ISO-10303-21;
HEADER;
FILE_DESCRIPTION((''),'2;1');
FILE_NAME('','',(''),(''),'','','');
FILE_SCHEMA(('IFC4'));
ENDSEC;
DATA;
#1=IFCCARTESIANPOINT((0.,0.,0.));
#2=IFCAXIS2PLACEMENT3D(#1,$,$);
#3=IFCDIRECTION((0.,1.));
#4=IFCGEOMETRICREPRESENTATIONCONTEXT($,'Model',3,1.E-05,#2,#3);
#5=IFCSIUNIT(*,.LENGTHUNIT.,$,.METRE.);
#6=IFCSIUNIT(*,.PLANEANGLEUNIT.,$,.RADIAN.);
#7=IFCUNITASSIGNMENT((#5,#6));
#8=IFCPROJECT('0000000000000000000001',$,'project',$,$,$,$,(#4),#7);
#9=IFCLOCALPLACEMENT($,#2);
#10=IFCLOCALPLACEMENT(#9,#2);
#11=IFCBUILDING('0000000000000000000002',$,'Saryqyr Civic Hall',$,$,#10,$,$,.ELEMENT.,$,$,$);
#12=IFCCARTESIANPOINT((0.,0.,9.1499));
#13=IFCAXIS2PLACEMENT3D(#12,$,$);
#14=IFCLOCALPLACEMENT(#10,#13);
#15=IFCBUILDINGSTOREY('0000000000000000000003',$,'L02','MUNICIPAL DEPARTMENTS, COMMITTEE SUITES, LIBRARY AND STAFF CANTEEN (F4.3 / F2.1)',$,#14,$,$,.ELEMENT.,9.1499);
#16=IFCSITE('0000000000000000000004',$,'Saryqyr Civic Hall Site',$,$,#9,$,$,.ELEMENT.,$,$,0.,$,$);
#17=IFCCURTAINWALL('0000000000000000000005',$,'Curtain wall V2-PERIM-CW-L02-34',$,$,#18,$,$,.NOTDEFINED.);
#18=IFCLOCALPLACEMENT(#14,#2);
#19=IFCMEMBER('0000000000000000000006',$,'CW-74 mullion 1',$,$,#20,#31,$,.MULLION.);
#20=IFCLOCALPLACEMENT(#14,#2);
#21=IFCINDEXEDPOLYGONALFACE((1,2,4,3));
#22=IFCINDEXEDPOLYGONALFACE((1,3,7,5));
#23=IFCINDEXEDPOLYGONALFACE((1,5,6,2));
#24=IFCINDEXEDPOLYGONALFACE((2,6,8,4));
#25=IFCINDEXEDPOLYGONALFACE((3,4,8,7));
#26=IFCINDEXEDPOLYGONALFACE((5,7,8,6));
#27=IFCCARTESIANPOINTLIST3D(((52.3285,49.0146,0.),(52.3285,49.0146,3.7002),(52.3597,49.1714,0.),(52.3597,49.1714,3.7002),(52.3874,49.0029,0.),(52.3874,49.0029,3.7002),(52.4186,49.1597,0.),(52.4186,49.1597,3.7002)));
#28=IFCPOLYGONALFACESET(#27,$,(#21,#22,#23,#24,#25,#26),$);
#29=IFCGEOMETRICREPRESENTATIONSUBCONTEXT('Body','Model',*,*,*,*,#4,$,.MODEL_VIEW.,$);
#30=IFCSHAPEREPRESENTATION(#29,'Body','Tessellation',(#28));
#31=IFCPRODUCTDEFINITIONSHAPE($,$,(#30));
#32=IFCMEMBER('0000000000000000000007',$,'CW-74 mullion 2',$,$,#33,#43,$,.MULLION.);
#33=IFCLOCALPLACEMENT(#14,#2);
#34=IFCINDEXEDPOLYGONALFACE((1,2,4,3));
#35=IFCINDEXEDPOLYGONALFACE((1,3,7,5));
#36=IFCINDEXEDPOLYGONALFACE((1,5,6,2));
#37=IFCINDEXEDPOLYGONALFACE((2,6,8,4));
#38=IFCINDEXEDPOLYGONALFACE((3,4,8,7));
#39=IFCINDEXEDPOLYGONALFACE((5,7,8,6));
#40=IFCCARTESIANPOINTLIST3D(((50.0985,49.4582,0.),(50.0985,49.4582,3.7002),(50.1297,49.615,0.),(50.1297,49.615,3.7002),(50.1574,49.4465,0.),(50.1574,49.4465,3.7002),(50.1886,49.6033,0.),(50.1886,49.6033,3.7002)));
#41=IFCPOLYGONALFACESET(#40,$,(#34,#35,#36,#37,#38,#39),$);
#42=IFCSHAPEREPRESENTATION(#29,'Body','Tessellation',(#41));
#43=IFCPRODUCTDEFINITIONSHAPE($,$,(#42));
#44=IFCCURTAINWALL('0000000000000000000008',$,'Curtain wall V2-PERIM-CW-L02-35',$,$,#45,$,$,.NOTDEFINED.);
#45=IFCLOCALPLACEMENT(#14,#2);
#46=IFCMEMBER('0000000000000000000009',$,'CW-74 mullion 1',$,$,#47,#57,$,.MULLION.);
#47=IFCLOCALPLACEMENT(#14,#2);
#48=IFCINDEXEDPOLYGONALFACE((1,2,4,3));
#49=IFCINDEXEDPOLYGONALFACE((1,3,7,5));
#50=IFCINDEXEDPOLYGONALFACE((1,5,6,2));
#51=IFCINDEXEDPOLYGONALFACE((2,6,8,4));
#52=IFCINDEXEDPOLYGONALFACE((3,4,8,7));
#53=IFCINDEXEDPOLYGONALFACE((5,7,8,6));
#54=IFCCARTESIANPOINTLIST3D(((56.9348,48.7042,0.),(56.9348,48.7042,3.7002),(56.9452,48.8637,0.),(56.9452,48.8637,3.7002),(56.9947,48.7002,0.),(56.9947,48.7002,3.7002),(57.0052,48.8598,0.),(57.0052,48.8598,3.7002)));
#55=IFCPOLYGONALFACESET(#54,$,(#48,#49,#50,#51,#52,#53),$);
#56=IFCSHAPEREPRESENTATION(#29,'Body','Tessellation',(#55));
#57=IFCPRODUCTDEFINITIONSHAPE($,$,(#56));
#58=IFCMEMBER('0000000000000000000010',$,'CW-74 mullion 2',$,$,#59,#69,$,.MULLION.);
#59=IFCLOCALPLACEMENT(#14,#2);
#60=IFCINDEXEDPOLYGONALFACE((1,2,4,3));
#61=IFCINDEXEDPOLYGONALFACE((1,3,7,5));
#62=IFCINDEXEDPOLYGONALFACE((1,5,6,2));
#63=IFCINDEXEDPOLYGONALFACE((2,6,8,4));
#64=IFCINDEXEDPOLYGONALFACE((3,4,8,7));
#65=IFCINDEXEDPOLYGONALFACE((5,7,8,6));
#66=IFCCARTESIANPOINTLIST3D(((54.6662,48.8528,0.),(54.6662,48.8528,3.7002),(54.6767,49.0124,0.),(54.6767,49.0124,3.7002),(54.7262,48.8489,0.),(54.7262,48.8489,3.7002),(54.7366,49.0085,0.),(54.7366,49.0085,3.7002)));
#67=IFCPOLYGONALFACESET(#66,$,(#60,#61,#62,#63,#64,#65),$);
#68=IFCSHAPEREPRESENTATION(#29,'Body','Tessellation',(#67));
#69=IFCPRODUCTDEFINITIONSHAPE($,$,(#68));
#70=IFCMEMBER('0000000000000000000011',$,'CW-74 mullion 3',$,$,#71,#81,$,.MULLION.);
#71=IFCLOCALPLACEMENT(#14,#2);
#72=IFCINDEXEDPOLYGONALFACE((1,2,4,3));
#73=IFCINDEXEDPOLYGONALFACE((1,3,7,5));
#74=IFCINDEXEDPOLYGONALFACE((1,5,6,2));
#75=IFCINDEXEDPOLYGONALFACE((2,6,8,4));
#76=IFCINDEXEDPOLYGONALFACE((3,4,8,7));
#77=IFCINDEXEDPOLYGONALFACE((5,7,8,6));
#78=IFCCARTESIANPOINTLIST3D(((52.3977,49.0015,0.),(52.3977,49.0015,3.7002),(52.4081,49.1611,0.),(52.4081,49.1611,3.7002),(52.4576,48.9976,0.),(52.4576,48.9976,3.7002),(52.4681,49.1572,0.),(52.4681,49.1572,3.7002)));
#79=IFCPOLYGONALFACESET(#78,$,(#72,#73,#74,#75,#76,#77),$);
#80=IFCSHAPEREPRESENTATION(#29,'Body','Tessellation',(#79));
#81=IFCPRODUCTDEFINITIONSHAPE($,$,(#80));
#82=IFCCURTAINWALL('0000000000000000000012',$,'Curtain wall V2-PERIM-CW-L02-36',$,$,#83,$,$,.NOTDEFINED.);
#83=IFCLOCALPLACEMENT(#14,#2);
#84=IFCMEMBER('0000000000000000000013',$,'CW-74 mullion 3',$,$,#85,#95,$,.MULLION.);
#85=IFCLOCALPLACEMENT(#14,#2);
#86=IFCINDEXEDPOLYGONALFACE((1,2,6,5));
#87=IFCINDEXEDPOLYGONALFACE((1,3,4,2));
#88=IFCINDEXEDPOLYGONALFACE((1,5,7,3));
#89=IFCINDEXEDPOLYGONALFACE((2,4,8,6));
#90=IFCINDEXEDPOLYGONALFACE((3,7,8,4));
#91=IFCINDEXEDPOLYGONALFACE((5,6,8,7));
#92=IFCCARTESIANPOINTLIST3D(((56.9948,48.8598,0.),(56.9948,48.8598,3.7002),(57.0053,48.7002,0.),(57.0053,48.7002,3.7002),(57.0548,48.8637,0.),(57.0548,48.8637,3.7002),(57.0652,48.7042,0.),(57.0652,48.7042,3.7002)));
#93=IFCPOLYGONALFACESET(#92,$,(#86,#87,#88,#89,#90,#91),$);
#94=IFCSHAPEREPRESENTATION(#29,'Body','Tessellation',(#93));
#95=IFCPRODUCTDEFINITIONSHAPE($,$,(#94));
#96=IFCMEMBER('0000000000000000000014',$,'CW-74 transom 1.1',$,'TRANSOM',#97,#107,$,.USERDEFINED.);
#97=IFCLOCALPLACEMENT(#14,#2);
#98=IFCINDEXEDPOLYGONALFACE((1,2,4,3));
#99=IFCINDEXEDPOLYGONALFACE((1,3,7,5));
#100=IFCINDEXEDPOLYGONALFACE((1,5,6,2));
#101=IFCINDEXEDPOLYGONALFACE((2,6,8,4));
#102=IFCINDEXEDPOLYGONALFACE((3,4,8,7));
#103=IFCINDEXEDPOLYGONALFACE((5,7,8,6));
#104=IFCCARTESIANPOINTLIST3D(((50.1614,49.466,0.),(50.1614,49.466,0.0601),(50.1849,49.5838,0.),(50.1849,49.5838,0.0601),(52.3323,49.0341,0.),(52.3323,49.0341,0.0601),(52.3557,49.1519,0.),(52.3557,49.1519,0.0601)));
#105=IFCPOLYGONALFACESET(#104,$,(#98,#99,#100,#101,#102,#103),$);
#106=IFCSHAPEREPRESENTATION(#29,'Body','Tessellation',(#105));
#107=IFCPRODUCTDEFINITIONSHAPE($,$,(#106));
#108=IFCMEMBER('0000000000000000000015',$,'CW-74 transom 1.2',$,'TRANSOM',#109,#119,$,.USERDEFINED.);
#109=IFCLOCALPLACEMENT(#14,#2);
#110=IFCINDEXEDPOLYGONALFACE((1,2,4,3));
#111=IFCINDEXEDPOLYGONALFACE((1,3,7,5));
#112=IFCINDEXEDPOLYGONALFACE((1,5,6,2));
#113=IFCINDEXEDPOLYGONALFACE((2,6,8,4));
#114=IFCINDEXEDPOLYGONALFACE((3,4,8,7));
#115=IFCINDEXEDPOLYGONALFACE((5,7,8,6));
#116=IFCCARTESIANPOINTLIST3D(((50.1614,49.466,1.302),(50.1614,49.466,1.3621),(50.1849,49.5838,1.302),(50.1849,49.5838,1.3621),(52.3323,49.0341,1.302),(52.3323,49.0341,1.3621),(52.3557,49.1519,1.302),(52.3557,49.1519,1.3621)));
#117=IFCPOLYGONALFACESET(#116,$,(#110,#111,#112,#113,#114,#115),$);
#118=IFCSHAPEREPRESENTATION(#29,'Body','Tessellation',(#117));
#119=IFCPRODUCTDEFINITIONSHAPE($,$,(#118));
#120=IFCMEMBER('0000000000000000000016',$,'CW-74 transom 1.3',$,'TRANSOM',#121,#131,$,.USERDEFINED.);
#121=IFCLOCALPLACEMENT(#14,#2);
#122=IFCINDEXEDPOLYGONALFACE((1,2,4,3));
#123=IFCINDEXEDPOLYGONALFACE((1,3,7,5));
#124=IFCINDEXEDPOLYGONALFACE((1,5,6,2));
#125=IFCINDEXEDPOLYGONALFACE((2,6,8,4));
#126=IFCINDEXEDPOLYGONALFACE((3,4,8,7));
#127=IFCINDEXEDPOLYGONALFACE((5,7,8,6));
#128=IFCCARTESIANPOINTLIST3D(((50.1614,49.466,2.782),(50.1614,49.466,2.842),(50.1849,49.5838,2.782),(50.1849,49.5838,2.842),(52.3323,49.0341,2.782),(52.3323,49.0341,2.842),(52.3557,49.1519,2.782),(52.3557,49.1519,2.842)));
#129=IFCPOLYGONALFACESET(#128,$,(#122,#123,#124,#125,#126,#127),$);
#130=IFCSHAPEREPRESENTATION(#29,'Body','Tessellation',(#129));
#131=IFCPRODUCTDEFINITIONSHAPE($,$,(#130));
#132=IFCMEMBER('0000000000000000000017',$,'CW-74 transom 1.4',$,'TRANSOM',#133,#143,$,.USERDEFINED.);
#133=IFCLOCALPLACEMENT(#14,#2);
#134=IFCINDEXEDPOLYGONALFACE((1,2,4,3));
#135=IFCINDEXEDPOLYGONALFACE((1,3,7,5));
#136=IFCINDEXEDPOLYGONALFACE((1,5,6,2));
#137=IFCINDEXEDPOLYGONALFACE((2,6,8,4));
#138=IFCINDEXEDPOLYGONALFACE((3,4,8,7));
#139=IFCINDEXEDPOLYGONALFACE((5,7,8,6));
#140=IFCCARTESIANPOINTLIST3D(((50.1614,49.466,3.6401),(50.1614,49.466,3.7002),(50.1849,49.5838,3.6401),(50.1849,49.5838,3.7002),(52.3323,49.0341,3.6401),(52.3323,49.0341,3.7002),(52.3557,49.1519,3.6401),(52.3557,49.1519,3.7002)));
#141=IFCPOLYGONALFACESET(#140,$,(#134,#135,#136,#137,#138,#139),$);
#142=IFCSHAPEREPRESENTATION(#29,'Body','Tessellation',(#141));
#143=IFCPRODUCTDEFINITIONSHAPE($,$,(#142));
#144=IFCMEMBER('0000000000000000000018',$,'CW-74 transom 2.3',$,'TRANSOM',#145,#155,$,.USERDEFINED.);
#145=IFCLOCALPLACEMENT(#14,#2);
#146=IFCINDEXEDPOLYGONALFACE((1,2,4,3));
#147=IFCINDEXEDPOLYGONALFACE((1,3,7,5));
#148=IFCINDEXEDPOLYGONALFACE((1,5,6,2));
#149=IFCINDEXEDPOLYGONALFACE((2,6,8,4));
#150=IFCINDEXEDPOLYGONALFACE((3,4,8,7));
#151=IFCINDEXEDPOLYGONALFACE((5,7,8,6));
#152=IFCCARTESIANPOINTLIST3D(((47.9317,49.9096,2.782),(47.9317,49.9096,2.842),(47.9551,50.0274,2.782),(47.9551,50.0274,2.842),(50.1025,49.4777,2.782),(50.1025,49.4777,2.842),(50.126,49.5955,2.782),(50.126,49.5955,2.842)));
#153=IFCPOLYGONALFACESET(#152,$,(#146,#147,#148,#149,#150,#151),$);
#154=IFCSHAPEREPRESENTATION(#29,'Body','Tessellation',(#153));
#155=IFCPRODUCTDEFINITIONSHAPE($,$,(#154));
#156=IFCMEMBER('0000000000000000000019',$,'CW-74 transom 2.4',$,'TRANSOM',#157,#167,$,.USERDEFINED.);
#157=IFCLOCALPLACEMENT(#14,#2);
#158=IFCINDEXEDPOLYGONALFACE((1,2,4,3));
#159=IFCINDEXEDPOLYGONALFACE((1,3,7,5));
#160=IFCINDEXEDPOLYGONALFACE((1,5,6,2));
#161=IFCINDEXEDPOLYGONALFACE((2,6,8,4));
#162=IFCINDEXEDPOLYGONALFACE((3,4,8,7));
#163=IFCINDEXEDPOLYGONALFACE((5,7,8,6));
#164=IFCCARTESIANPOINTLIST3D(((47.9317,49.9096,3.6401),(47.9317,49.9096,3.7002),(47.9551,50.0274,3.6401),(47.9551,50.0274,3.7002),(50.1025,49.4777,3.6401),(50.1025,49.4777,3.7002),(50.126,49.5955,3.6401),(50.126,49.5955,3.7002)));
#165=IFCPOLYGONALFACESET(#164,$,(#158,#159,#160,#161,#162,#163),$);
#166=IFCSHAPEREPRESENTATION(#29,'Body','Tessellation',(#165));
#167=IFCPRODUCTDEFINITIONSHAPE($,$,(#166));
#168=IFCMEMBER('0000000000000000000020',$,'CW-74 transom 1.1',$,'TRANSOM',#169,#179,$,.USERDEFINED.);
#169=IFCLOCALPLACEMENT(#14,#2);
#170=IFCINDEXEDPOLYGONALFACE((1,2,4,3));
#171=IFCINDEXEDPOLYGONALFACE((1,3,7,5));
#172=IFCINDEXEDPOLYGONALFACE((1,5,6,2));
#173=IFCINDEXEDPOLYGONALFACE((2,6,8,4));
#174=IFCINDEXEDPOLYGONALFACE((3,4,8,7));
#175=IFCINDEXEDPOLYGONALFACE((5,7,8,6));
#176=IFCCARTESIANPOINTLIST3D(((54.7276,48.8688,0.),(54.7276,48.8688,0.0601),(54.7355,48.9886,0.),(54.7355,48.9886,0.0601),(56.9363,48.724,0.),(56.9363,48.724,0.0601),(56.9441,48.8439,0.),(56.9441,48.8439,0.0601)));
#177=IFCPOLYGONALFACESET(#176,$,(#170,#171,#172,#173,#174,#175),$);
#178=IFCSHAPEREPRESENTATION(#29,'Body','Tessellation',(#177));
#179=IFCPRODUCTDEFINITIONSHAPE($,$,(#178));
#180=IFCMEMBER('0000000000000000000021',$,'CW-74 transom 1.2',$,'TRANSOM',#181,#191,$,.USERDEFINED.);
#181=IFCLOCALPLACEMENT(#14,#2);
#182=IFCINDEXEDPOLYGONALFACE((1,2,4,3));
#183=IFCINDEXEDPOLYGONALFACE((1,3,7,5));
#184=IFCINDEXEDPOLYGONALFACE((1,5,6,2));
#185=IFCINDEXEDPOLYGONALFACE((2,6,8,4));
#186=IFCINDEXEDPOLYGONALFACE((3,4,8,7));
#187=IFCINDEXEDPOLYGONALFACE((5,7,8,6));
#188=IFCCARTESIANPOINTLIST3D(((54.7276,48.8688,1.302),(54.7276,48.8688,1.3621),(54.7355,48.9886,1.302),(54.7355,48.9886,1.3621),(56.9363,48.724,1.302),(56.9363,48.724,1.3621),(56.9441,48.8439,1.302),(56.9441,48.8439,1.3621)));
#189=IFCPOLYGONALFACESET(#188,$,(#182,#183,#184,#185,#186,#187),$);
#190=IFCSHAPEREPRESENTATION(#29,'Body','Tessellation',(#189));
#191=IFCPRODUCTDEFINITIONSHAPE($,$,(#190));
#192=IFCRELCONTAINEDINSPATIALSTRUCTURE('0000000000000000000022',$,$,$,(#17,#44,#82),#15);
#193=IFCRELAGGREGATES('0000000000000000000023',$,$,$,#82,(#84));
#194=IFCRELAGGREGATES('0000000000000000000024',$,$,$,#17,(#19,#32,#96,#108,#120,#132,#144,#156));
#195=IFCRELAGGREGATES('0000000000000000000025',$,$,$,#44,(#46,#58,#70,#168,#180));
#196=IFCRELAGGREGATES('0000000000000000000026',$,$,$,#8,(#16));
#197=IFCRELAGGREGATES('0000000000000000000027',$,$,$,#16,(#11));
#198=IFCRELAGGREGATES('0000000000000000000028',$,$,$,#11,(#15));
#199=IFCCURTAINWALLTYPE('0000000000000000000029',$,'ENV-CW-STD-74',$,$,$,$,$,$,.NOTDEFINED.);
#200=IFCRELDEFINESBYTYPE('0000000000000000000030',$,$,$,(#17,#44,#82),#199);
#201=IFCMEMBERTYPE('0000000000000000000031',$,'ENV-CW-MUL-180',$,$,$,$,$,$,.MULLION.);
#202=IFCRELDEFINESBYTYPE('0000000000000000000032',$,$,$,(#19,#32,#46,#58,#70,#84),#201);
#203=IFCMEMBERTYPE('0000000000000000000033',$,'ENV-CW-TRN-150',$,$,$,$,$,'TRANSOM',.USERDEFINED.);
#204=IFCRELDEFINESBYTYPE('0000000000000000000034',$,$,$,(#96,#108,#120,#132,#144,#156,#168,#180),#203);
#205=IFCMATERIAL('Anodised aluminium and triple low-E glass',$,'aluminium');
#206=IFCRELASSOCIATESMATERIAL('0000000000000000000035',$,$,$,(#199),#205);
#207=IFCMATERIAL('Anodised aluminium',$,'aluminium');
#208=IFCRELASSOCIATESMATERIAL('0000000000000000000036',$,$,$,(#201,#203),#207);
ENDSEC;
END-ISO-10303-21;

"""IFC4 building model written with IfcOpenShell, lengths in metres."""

from ifc_helpers import new_model, si_unit, direction, frame, origin, origin_2d, place, context, subcontext, project, spatial, rectangle, extrude, material, material_profile, profile_set, type_object, element, aggregate, save


model = new_model("IFC4")

# Units and contexts
model_context = context("Model", 3, precision=1e-05, world=origin(), true_north=direction((0.0, 1.0)))
body_context = subcontext(model_context, "Body", "Model", "MODEL_VIEW")
ifc_project = project(units=[si_unit("LENGTHUNIT", "METRE"), si_unit("PLANEANGLEUNIT", "RADIAN")], contexts=[model_context])

# Site, building, storey
site_placement = place(None, origin())
site = spatial("IfcSite", under=ifc_project, at=site_placement, Name="Saryqyr Civic Hall Site", CompositionType="ELEMENT", RefElevation=0.0)
building_placement = place(site_placement, origin())
building = spatial("IfcBuilding", under=site, at=building_placement, Name="Saryqyr Civic Hall", CompositionType="ELEMENT")
storey_placement = place(building_placement, frame((0.0, 0.0, 9.1499)))
storey = spatial("IfcBuildingStorey", under=building, at=storey_placement, Name="L02", Description="MUNICIPAL DEPARTMENTS, COMMITTEE SUITES, LIBRARY AND STAFF CANTEEN (F4.3 / F2.1)", CompositionType="ELEMENT", Elevation=9.1499)

# Curtain walls, members
ifc_material_1 = material(Name="Anodised aluminium and triple low-E glass", Category="aluminium")
curtain_wall_type = type_object("IfcCurtainWallType", Name="ENV-CW-STD-74", PredefinedType="NOTDEFINED", material=ifc_material_1)
curtain_wall_1_placement = place(storey_placement, origin())
curtain_wall_1 = element("IfcCurtainWall", 1, at=curtain_wall_1_placement, inside=storey, type_object=curtain_wall_type, Name="Curtain wall V2-PERIM-CW-L02-34", PredefinedType="NOTDEFINED")
ifc_material_2 = material(Name="Anodised aluminium", Category="aluminium")
ifc_material_profile_1 = material_profile(ifc_material_2, rectangle(XDim=0.0601, YDim=0.1599, at=origin_2d()), Name="ALU MULLION 60x160")
ifc_profile_set_1 = profile_set([ifc_material_profile_1], Name="Anodised aluminium")
member_type_1 = type_object("IfcMemberType", Name="ENV-CW-MUL-180", PredefinedType="MULLION", material=ifc_profile_set_1)
member_1_placement = place(storey_placement, frame((52.3735, 49.0872, 0.0), z_axis=(0.0, 0.0, 1.0), x_axis=(-0.980785, 0.195093, 0.0)))
member_1 = element("IfcMember", 2, at=member_1_placement, type_object=member_type_1, Name="CW-74 mullion 1", PredefinedType="MULLION", context=body_context, shape_type="SweptSolid", body=[
    extrude(rectangle(XDim=0.0601, YDim=0.1599, at=origin_2d()), origin(), (0.0, 0.0, 1.0), 3.7002),
])
member_2_placement = place(storey_placement, frame((50.1436, 49.5308, 0.0), z_axis=(0.0, 0.0, 1.0), x_axis=(-0.980785, 0.195093, 0.0)))
member_2 = element("IfcMember", 3, at=member_2_placement, type_object=member_type_1, Name="CW-74 mullion 2", PredefinedType="MULLION", context=body_context, shape_type="SweptSolid", body=[
    extrude(rectangle(XDim=0.0601, YDim=0.1599, at=origin_2d()), origin(), (0.0, 0.0, 1.0), 3.7002),
])
curtain_wall_2_placement = place(storey_placement, origin())
curtain_wall_2 = element("IfcCurtainWall", 4, at=curtain_wall_2_placement, inside=storey, type_object=curtain_wall_type, Name="Curtain wall V2-PERIM-CW-L02-35", PredefinedType="NOTDEFINED")
member_3_placement = place(storey_placement, frame((56.97, 48.782, 0.0), z_axis=(0.0, 0.0, 1.0), x_axis=(-0.997859, 0.065401, 0.0)))
member_3 = element("IfcMember", 5, at=member_3_placement, type_object=member_type_1, Name="CW-74 mullion 1", PredefinedType="MULLION", context=body_context, shape_type="SweptSolid", body=[
    extrude(rectangle(XDim=0.0601, YDim=0.1599, at=origin_2d()), origin(), (0.0, 0.0, 1.0), 3.7002),
])
member_4_placement = place(storey_placement, frame((54.7014, 48.9307, 0.0), z_axis=(0.0, 0.0, 1.0), x_axis=(-0.997859, 0.065401, 0.0)))
member_4 = element("IfcMember", 6, at=member_4_placement, type_object=member_type_1, Name="CW-74 mullion 2", PredefinedType="MULLION", context=body_context, shape_type="SweptSolid", body=[
    extrude(rectangle(XDim=0.0601, YDim=0.1599, at=origin_2d()), origin(), (0.0, 0.0, 1.0), 3.7002),
])
member_5_placement = place(storey_placement, frame((52.4329, 49.0793, 0.0), z_axis=(0.0, 0.0, 1.0), x_axis=(-0.997859, 0.065401, 0.0)))
member_5 = element("IfcMember", 7, at=member_5_placement, type_object=member_type_1, Name="CW-74 mullion 3", PredefinedType="MULLION", context=body_context, shape_type="SweptSolid", body=[
    extrude(rectangle(XDim=0.0601, YDim=0.1599, at=origin_2d()), origin(), (0.0, 0.0, 1.0), 3.7002),
])

# Curtain wall, member
curtain_wall_3_placement = place(storey_placement, origin())
curtain_wall_3 = element("IfcCurtainWall", 8, at=curtain_wall_3_placement, inside=storey, type_object=curtain_wall_type, Name="Curtain wall V2-PERIM-CW-L02-36", PredefinedType="NOTDEFINED")
member_6_placement = place(storey_placement, frame((57.03, 48.782, 0.0), z_axis=(0.0, 0.0, 1.0), x_axis=(-0.997859, -0.065401, 0.0)))
member_6 = element("IfcMember", 9, at=member_6_placement, type_object=member_type_1, Name="CW-74 mullion 3", PredefinedType="MULLION", context=body_context, shape_type="SweptSolid", body=[
    extrude(rectangle(XDim=0.0601, YDim=0.1599, at=origin_2d()), origin(), (0.0, 0.0, 1.0), 3.7002),
])
aggregate(curtain_wall_3, [member_6])

# Members
ifc_material_profile_2 = material_profile(ifc_material_2, rectangle(XDim=0.1201, YDim=0.0601, at=origin_2d()), Name="ALU TRANSOM 120x60")
ifc_profile_set_2 = profile_set([ifc_material_profile_2], Name="Anodised aluminium")
member_type_2 = type_object("IfcMemberType", Name="ENV-CW-TRN-150", ElementType="TRANSOM", PredefinedType="USERDEFINED", material=ifc_profile_set_2)
member_7_placement = place(storey_placement, frame((52.344, 49.093, 0.03), z_axis=(-0.98078, 0.195119, 0.0), x_axis=(-0.195119, -0.98078, 0.0)))
member_7 = element("IfcMember", 10, at=member_7_placement, type_object=member_type_2, Name="CW-74 transom 1.1", ObjectType="TRANSOM", PredefinedType="USERDEFINED", context=body_context, shape_type="SweptSolid", body=[
    extrude(rectangle(XDim=0.1201, YDim=0.0601, at=origin_2d()), origin(), (0.0, 0.0, 1.0), 2.2134),
])
member_8_placement = place(storey_placement, frame((52.344, 49.093, 1.332), z_axis=(-0.98078, 0.195119, 0.0), x_axis=(-0.195119, -0.98078, 0.0)))
member_8 = element("IfcMember", 11, at=member_8_placement, type_object=member_type_2, Name="CW-74 transom 1.2", ObjectType="TRANSOM", PredefinedType="USERDEFINED", context=body_context, shape_type="SweptSolid", body=[
    extrude(rectangle(XDim=0.1201, YDim=0.0601, at=origin_2d()), origin(), (0.0, 0.0, 1.0), 2.2134),
])
member_9_placement = place(storey_placement, frame((52.344, 49.093, 2.812), z_axis=(-0.98078, 0.195119, 0.0), x_axis=(-0.195119, -0.98078, 0.0)))
member_9 = element("IfcMember", 12, at=member_9_placement, type_object=member_type_2, Name="CW-74 transom 1.3", ObjectType="TRANSOM", PredefinedType="USERDEFINED", context=body_context, shape_type="SweptSolid", body=[
    extrude(rectangle(XDim=0.1201, YDim=0.0601, at=origin_2d()), origin(), (0.0, 0.0, 1.0), 2.2134),
])
member_10_placement = place(storey_placement, frame((52.344, 49.093, 3.6702), z_axis=(-0.98078, 0.195119, 0.0), x_axis=(-0.195119, -0.98078, 0.0)))
member_10 = element("IfcMember", 13, at=member_10_placement, type_object=member_type_2, Name="CW-74 transom 1.4", ObjectType="TRANSOM", PredefinedType="USERDEFINED", context=body_context, shape_type="SweptSolid", body=[
    extrude(rectangle(XDim=0.1201, YDim=0.0601, at=origin_2d()), origin(), (0.0, 0.0, 1.0), 2.2134),
])
member_11_placement = place(storey_placement, frame((50.1143, 49.5366, 2.812), z_axis=(-0.98078, 0.195119, 0.0), x_axis=(-0.195119, -0.98078, 0.0)))
member_11 = element("IfcMember", 14, at=member_11_placement, type_object=member_type_2, Name="CW-74 transom 2.3", ObjectType="TRANSOM", PredefinedType="USERDEFINED", context=body_context, shape_type="SweptSolid", body=[
    extrude(rectangle(XDim=0.1201, YDim=0.0601, at=origin_2d()), origin(), (0.0, 0.0, 1.0), 2.2134),
])
member_12_placement = place(storey_placement, frame((50.1143, 49.5366, 3.6702), z_axis=(-0.98078, 0.195119, 0.0), x_axis=(-0.195119, -0.98078, 0.0)))
member_12 = element("IfcMember", 15, at=member_12_placement, type_object=member_type_2, Name="CW-74 transom 2.4", ObjectType="TRANSOM", PredefinedType="USERDEFINED", context=body_context, shape_type="SweptSolid", body=[
    extrude(rectangle(XDim=0.1201, YDim=0.0601, at=origin_2d()), origin(), (0.0, 0.0, 1.0), 2.2134),
])
member_13_placement = place(storey_placement, frame((56.9402, 48.7839, 0.03), z_axis=(-0.997859, 0.065406, 0.0), x_axis=(-0.065406, -0.997859, 0.0)))
member_13 = element("IfcMember", 16, at=member_13_placement, type_object=member_type_2, Name="CW-74 transom 1.1", ObjectType="TRANSOM", PredefinedType="USERDEFINED", context=body_context, shape_type="SweptSolid", body=[
    extrude(rectangle(XDim=0.1201, YDim=0.0601, at=origin_2d()), origin(), (0.0, 0.0, 1.0), 2.2134),
])
member_14_placement = place(storey_placement, frame((56.9402, 48.7839, 1.332), z_axis=(-0.997859, 0.065406, 0.0), x_axis=(-0.065406, -0.997859, 0.0)))
member_14 = element("IfcMember", 17, at=member_14_placement, type_object=member_type_2, Name="CW-74 transom 1.2", ObjectType="TRANSOM", PredefinedType="USERDEFINED", context=body_context, shape_type="SweptSolid", body=[
    extrude(rectangle(XDim=0.1201, YDim=0.0601, at=origin_2d()), origin(), (0.0, 0.0, 1.0), 2.2134),
])

aggregate(curtain_wall_1, [member_1, member_2, member_7, member_8, member_9, member_10, member_11, member_12])
aggregate(curtain_wall_2, [member_3, member_4, member_5, member_13, member_14])

save(model, "model.ifc")
